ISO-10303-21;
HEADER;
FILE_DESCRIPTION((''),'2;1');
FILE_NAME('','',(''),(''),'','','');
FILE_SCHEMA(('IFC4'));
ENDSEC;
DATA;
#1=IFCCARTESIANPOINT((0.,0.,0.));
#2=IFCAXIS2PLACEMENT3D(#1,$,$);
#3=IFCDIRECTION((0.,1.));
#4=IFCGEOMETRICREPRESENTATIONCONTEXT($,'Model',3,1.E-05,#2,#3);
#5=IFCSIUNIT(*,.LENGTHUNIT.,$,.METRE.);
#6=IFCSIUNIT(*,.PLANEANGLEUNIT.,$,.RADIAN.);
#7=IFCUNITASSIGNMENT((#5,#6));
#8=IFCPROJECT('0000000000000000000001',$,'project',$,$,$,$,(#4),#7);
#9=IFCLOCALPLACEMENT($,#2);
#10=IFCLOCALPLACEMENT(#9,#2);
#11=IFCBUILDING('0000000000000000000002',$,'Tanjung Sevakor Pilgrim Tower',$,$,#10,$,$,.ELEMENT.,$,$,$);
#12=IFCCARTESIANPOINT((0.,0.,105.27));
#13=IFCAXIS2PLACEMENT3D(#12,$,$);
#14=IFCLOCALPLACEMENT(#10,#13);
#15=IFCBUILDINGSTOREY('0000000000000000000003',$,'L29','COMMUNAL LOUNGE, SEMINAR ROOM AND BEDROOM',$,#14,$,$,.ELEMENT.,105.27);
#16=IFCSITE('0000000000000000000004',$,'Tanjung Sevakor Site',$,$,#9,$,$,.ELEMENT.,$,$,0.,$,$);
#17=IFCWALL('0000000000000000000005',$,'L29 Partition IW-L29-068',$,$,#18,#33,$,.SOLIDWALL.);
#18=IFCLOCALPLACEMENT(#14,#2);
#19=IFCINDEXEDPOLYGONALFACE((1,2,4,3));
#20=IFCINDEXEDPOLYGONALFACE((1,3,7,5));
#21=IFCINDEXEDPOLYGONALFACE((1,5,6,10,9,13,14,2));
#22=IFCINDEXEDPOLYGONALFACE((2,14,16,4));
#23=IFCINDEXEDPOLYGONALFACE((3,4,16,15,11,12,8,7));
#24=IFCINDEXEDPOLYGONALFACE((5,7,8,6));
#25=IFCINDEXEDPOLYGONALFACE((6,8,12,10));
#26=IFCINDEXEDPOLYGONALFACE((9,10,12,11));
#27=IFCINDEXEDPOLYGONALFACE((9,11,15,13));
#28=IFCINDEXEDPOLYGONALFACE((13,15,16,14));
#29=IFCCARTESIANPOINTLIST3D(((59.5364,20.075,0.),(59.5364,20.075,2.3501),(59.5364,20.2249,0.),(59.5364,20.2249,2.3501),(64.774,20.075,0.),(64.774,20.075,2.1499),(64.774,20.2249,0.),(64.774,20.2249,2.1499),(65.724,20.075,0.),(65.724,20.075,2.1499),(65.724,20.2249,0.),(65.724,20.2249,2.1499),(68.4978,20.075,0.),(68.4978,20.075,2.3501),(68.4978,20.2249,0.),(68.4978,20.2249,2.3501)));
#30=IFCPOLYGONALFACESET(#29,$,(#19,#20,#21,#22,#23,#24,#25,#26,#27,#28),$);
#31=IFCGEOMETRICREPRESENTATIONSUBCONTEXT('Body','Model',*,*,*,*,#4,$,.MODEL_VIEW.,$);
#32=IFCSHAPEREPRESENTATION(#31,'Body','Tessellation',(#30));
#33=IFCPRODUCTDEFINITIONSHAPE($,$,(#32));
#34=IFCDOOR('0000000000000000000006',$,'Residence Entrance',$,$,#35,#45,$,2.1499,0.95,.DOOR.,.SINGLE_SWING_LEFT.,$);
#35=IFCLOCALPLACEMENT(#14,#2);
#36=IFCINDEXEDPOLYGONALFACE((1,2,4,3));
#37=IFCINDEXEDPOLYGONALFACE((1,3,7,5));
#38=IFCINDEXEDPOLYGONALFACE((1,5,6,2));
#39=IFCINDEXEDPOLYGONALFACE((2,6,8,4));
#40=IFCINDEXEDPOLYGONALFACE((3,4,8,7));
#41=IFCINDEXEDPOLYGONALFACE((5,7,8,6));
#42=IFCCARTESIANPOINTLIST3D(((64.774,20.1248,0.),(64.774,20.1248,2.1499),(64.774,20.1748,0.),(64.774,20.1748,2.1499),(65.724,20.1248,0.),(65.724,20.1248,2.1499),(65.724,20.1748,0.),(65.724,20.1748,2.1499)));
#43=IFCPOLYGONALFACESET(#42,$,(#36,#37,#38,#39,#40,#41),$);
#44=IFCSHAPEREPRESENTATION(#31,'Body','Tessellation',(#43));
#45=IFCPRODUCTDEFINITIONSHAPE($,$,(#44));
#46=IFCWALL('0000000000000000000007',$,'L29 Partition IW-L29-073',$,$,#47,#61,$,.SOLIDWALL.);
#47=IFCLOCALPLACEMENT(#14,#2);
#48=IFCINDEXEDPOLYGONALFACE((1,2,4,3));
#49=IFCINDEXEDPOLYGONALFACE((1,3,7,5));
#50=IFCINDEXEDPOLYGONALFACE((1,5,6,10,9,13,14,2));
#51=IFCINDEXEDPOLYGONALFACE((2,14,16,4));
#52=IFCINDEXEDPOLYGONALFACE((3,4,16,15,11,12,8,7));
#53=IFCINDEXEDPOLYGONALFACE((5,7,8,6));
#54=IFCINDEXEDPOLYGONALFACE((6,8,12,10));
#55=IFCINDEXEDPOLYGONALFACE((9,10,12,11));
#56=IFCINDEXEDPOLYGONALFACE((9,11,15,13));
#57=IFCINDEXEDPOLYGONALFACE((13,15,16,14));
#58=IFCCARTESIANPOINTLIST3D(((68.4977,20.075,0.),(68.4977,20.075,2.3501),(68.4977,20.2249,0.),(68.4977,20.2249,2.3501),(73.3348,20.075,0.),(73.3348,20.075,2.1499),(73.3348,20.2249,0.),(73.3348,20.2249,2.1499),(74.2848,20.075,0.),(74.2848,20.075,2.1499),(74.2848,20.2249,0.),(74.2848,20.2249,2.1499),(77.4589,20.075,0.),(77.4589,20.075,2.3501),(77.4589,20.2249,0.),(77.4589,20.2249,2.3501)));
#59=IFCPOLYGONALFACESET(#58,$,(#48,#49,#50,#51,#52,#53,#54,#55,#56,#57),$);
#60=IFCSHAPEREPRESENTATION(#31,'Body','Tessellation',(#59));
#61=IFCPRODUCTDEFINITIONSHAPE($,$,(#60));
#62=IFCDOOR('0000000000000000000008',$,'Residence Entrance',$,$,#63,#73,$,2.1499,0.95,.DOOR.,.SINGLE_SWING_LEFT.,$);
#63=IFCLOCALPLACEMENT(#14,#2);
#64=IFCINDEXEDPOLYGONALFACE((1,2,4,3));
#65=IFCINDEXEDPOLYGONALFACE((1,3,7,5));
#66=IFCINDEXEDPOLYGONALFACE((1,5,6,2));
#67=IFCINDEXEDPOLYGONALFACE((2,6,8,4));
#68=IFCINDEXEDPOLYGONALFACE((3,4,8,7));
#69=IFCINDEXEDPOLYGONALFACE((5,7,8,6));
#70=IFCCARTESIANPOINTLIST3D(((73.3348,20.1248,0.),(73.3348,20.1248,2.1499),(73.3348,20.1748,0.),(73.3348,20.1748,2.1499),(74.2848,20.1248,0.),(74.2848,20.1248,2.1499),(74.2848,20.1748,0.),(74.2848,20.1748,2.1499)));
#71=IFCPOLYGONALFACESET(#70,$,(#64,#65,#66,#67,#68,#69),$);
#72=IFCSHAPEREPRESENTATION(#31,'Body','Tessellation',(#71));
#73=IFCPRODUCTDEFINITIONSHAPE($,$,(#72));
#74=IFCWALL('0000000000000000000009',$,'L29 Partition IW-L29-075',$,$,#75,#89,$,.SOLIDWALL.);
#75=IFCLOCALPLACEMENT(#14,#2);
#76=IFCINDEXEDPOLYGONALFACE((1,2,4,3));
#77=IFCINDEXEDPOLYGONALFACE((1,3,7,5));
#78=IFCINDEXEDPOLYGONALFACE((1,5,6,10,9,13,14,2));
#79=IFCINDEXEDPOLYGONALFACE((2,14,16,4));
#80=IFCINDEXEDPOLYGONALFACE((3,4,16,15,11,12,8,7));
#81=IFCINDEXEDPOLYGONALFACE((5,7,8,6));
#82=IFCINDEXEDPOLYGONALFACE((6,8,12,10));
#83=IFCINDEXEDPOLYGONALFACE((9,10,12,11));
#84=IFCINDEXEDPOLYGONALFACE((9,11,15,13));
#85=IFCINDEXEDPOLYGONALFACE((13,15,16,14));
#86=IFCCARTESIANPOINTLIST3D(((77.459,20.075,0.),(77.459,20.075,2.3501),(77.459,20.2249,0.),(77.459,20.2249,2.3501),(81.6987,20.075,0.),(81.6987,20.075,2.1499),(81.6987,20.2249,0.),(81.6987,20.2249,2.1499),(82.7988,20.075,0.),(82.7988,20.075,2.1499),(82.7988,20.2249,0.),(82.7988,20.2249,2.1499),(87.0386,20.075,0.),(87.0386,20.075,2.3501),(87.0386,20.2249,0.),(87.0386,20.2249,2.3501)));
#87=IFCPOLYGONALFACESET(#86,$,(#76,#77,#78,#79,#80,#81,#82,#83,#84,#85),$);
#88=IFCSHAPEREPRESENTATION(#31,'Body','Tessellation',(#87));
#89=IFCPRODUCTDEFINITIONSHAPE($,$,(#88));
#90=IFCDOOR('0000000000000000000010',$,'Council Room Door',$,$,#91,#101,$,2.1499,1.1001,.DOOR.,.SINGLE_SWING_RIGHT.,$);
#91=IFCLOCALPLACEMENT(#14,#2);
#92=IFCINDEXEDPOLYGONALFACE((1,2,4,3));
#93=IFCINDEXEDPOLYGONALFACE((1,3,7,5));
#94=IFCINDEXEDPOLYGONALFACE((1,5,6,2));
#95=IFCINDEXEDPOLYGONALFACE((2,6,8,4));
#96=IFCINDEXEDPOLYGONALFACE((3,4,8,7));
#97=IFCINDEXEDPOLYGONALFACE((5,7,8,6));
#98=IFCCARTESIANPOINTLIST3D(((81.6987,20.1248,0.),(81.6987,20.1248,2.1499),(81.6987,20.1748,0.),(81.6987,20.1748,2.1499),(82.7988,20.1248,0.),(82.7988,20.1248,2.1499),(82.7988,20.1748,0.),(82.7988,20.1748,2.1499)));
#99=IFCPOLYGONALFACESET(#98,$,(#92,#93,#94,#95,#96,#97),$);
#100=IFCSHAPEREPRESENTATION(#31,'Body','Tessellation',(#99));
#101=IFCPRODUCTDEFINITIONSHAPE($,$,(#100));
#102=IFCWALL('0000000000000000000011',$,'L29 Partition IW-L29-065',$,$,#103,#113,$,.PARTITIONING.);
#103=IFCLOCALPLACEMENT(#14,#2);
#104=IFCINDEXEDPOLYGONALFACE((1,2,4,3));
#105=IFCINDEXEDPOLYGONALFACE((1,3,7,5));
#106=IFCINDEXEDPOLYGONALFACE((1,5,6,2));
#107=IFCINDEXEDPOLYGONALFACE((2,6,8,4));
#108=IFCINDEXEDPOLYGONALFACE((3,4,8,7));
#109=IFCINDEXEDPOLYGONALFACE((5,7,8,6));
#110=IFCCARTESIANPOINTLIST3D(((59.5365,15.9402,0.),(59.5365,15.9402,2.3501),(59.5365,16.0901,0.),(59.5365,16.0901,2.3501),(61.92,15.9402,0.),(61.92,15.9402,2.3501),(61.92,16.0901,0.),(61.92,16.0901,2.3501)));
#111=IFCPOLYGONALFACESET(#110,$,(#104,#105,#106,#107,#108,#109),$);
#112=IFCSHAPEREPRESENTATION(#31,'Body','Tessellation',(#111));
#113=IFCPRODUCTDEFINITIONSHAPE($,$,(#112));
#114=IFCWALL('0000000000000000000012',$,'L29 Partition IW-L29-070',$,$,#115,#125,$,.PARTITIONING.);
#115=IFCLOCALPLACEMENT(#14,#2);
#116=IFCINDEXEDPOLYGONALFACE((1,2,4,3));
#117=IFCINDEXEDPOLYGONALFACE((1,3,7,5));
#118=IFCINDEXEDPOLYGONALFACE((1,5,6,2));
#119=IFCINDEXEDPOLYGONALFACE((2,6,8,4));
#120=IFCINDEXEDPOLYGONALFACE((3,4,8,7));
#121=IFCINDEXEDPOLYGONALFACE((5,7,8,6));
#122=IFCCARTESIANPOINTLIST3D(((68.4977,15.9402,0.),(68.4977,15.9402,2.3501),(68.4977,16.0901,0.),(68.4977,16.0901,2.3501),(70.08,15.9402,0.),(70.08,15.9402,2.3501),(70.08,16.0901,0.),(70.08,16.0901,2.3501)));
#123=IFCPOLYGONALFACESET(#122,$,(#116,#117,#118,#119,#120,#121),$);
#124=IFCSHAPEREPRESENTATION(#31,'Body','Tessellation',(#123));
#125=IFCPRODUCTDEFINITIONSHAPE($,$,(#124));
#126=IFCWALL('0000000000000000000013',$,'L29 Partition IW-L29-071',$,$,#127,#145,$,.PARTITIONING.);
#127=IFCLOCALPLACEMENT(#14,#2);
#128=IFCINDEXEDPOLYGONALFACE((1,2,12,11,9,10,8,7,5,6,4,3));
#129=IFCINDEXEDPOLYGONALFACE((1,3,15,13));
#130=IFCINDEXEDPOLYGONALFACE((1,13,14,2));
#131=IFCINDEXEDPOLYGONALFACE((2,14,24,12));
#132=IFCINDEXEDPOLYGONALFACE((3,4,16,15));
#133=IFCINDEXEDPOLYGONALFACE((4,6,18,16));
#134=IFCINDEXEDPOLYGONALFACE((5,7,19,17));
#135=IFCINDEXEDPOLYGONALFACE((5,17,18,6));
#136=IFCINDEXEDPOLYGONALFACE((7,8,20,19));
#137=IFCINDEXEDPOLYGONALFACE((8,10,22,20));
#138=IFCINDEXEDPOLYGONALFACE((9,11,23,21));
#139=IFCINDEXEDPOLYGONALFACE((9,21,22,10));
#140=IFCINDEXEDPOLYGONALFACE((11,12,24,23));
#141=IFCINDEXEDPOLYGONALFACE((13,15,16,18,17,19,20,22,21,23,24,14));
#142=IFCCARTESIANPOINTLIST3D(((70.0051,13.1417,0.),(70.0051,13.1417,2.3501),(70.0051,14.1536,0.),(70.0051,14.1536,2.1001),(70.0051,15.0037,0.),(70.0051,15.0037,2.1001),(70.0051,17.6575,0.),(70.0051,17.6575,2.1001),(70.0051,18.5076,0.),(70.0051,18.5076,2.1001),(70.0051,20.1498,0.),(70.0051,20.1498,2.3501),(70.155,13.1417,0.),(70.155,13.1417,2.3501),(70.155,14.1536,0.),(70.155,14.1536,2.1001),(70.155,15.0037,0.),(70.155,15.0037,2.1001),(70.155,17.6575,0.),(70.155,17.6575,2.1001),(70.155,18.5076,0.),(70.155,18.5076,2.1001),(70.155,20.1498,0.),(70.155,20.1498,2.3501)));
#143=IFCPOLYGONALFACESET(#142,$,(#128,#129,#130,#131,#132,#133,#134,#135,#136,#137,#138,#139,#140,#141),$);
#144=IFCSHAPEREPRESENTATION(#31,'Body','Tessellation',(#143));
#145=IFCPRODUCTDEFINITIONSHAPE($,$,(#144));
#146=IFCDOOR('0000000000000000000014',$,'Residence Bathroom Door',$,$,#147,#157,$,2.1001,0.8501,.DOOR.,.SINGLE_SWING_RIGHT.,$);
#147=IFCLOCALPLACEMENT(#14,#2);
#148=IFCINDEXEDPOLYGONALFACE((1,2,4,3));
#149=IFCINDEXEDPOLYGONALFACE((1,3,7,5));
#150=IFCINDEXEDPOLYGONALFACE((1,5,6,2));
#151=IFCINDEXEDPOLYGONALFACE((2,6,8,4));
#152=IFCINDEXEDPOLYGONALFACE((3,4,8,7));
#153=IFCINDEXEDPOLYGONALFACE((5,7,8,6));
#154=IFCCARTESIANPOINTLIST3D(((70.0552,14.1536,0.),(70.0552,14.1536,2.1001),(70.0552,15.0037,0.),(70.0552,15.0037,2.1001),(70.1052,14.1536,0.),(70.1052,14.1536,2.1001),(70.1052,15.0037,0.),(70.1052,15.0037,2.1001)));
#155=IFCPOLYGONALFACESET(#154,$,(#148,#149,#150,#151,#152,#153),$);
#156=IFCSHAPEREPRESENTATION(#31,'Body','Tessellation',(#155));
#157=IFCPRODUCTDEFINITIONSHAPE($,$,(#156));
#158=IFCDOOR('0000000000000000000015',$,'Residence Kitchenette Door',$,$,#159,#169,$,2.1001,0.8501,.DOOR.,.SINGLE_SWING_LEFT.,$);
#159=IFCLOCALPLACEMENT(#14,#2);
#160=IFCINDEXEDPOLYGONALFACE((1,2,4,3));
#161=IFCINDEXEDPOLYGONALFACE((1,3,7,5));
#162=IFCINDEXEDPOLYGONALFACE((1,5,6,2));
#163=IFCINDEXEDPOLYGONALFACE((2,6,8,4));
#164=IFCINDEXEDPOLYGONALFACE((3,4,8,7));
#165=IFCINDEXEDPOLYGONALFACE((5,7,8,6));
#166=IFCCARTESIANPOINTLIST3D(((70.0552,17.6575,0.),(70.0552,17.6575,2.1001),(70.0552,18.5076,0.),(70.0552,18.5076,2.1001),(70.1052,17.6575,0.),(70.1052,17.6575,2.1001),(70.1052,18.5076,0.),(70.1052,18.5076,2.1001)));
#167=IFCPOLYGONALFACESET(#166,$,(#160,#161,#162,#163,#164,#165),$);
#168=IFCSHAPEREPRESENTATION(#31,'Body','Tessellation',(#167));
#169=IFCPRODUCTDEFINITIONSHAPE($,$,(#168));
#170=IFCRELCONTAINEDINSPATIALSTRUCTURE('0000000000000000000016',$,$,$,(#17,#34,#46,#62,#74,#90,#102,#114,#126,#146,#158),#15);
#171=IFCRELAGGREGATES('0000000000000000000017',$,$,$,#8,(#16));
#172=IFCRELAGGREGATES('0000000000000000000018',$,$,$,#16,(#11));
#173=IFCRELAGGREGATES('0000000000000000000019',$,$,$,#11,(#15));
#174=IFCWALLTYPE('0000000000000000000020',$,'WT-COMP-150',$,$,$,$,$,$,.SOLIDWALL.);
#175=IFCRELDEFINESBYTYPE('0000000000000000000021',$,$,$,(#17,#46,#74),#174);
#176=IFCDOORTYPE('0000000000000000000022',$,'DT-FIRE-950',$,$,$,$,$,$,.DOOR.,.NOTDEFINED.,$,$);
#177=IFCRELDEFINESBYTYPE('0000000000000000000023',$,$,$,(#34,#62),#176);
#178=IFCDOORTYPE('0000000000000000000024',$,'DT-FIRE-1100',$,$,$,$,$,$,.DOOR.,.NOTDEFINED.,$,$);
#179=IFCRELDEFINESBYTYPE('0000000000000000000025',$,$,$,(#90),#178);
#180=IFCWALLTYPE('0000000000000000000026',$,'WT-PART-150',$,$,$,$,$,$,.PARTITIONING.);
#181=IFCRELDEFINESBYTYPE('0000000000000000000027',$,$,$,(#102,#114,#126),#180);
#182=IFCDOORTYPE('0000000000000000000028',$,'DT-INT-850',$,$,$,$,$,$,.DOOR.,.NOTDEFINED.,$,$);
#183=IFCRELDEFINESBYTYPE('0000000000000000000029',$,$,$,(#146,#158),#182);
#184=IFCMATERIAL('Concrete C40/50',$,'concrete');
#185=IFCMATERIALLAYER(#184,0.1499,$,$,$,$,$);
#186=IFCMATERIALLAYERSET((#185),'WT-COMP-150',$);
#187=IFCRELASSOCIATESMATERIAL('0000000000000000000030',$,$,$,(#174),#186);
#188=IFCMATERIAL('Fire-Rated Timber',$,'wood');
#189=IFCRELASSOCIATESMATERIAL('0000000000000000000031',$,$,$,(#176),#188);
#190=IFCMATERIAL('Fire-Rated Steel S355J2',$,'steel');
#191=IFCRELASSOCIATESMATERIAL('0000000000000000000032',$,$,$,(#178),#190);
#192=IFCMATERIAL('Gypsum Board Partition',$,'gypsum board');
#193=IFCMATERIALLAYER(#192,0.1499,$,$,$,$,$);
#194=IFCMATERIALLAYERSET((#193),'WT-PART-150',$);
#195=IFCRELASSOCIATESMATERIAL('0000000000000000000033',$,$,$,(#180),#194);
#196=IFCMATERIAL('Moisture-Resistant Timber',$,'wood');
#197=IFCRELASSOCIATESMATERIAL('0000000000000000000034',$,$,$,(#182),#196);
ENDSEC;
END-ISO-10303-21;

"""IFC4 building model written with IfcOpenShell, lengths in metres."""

from ifc_helpers import new_model, si_unit, direction, frame, frame_2d, origin, place, context, subcontext, project, spatial, rectangle, extrude, material, layer, layer_set, type_object, element, fill, save


model = new_model("IFC4")

# Units and contexts
model_context = context("Model", 3, precision=1e-05, world=origin(), true_north=direction((0.0, 1.0)))
body_context = subcontext(model_context, "Body", "Model", "MODEL_VIEW")
ifc_project = project(units=[si_unit("LENGTHUNIT", "METRE"), si_unit("PLANEANGLEUNIT", "RADIAN")], contexts=[model_context])

# Site, building, storey
site_placement = place(None, origin())
site = spatial("IfcSite", under=ifc_project, at=site_placement, Name="Tanjung Sevakor Site", CompositionType="ELEMENT", RefElevation=0.0)
building_placement = place(site_placement, origin())
building = spatial("IfcBuilding", under=site, at=building_placement, Name="Tanjung Sevakor Pilgrim Tower", CompositionType="ELEMENT")
storey_placement = place(building_placement, frame((0.0, 0.0, 105.27)))
storey = spatial("IfcBuildingStorey", under=building, at=storey_placement, Name="L29", Description="COMMUNAL LOUNGE, SEMINAR ROOM AND BEDROOM", CompositionType="ELEMENT", Elevation=105.27)

# Shared definitions
ifc_material_1 = material(Name="Concrete C40/50", Category="concrete")
ifc_layer_1 = layer(ifc_material_1, 0.1499)
ifc_layer_set_1 = layer_set([ifc_layer_1], Name="WT-COMP-150")
wall_type_1 = type_object("IfcWallType", Name="WT-COMP-150", PredefinedType="SOLIDWALL", material=ifc_layer_set_1)

# Walls, openings, doors
wall_1_placement = place(storey_placement, frame((59.5364, 20.1499, 0.0), z_axis=(0.0, 0.0, 1.0), x_axis=(1.0, 0.0, 0.0)))
wall_1 = element("IfcWall", 1, at=wall_1_placement, inside=storey, type_object=wall_type_1, Name="L29 Partition IW-L29-068", PredefinedType="SOLIDWALL", context=body_context, shape_type="SweptSolid", body=[
    extrude(rectangle(XDim=8.9614, YDim=0.1499, at=frame_2d((4.4807, 0.0))), origin(), (0.0, 0.0, 1.0), 2.3501),
])
opening_1_placement = place(wall_1_placement, frame((5.2375, 0.0, 0.0)))
opening_1 = element("IfcOpeningElement", 2, at=opening_1_placement, cuts=wall_1, PredefinedType="OPENING", context=body_context, shape_type="SweptSolid", body=[
    extrude(rectangle(XDim=0.95, YDim=2.1499, at=frame_2d((0.4751, 1.075))), frame((0.0, 0.085, 0.0), z_axis=(0.0, -1.0, 0.0), x_axis=(1.0, 0.0, 0.0)), (0.0, 0.0, 1.0), 0.1699),
])
ifc_material_2 = material(Name="Fire-Rated Timber", Category="wood")
door_type_1 = type_object("IfcDoorType", Name="DT-FIRE-950", OperationType="NOTDEFINED", PredefinedType="DOOR", material=ifc_material_2)
door_1_placement = place(opening_1_placement, origin())
door_1 = element("IfcDoor", 3, at=door_1_placement, inside=storey, type_object=door_type_1, Name="Residence Entrance", OperationType="SINGLE_SWING_LEFT", OverallHeight=2.1499, OverallWidth=0.95, PredefinedType="DOOR", context=body_context, shape_type="SweptSolid", body=[
    extrude(rectangle(XDim=0.95, YDim=2.1499, at=frame_2d((0.4751, 1.075))), frame((0.0, 0.0249, 0.0), z_axis=(0.0, -1.0, 0.0), x_axis=(1.0, 0.0, 0.0)), (0.0, 0.0, 1.0), 0.05),
])
fill(opening_1, door_1)
wall_2_placement = place(storey_placement, frame((68.4978, 20.1499, 0.0), z_axis=(0.0, 0.0, 1.0), x_axis=(1.0, 0.0, 0.0)))
wall_2 = element("IfcWall", 4, at=wall_2_placement, inside=storey, type_object=wall_type_1, Name="L29 Partition IW-L29-073", PredefinedType="SOLIDWALL", context=body_context, shape_type="SweptSolid", body=[
    extrude(rectangle(XDim=8.9612, YDim=0.1499, at=frame_2d((4.4805, 0.0))), origin(), (0.0, 0.0, 1.0), 2.3501),
])
opening_2_placement = place(wall_2_placement, frame((4.8369, 0.0, 0.0)))
opening_2 = element("IfcOpeningElement", 5, at=opening_2_placement, cuts=wall_2, PredefinedType="OPENING", context=body_context, shape_type="SweptSolid", body=[
    extrude(rectangle(XDim=0.95, YDim=2.1499, at=frame_2d((0.4751, 1.075))), frame((0.0, 0.085, 0.0), z_axis=(0.0, -1.0, 0.0), x_axis=(1.0, 0.0, 0.0)), (0.0, 0.0, 1.0), 0.1699),
])
door_2_placement = place(opening_2_placement, origin())
door_2 = element("IfcDoor", 6, at=door_2_placement, inside=storey, type_object=door_type_1, Name="Residence Entrance", OperationType="SINGLE_SWING_LEFT", OverallHeight=2.1499, OverallWidth=0.95, PredefinedType="DOOR", context=body_context, shape_type="SweptSolid", body=[
    extrude(rectangle(XDim=0.95, YDim=2.1499, at=frame_2d((0.4751, 1.075))), frame((0.0, 0.0249, 0.0), z_axis=(0.0, -1.0, 0.0), x_axis=(1.0, 0.0, 0.0)), (0.0, 0.0, 1.0), 0.05),
])
fill(opening_2, door_2)
wall_3_placement = place(storey_placement, frame((77.459, 20.1499, 0.0), z_axis=(0.0, 0.0, 1.0), x_axis=(1.0, 0.0, 0.0)))
wall_3 = element("IfcWall", 7, at=wall_3_placement, inside=storey, type_object=wall_type_1, Name="L29 Partition IW-L29-075", PredefinedType="SOLIDWALL", context=body_context, shape_type="SweptSolid", body=[
    extrude(rectangle(XDim=9.5796, YDim=0.1499, at=frame_2d((4.7898, 0.0))), origin(), (0.0, 0.0, 1.0), 2.3501),
])
opening_3_placement = place(wall_3_placement, frame((4.2397, 0.0, 0.0)))
opening_3 = element("IfcOpeningElement", 8, at=opening_3_placement, cuts=wall_3, PredefinedType="OPENING", context=body_context, shape_type="SweptSolid", body=[
    extrude(rectangle(XDim=1.1001, YDim=2.1499, at=frame_2d((0.55, 1.075))), frame((0.0, 0.085, 0.0), z_axis=(0.0, -1.0, 0.0), x_axis=(1.0, 0.0, 0.0)), (0.0, 0.0, 1.0), 0.1699),
])
ifc_material_3 = material(Name="Fire-Rated Steel S355J2", Category="steel")
door_type_2 = type_object("IfcDoorType", Name="DT-FIRE-1100", OperationType="NOTDEFINED", PredefinedType="DOOR", material=ifc_material_3)
door_3_placement = place(opening_3_placement, origin())
door_3 = element("IfcDoor", 9, at=door_3_placement, inside=storey, type_object=door_type_2, Name="Council Room Door", OperationType="SINGLE_SWING_RIGHT", OverallHeight=2.1499, OverallWidth=1.1001, PredefinedType="DOOR", context=body_context, shape_type="SweptSolid", body=[
    extrude(rectangle(XDim=1.1001, YDim=2.1499, at=frame_2d((0.55, 1.075))), frame((0.0, 0.0249, 0.0), z_axis=(0.0, -1.0, 0.0), x_axis=(1.0, 0.0, 0.0)), (0.0, 0.0, 1.0), 0.05),
])
fill(opening_3, door_3)

# Walls
ifc_material_4 = material(Name="Gypsum Board Partition", Category="gypsum board")
ifc_layer_2 = layer(ifc_material_4, 0.1499)
ifc_layer_set_2 = layer_set([ifc_layer_2], Name="WT-PART-150")
wall_type_2 = type_object("IfcWallType", Name="WT-PART-150", PredefinedType="PARTITIONING", material=ifc_layer_set_2)
wall_4_placement = place(storey_placement, frame((59.5364, 16.0151, 0.0), z_axis=(0.0, 0.0, 1.0), x_axis=(1.0, 0.0, 0.0)))
element("IfcWall", 10, at=wall_4_placement, inside=storey, type_object=wall_type_2, Name="L29 Partition IW-L29-065", PredefinedType="PARTITIONING", context=body_context, shape_type="SweptSolid", body=[
    extrude(rectangle(XDim=2.3835, YDim=0.1499, at=frame_2d((1.1919, 0.0))), origin(), (0.0, 0.0, 1.0), 2.3501),
])
wall_5_placement = place(storey_placement, frame((68.4978, 16.0151, 0.0), z_axis=(0.0, 0.0, 1.0), x_axis=(1.0, 0.0, 0.0)))
element("IfcWall", 11, at=wall_5_placement, inside=storey, type_object=wall_type_2, Name="L29 Partition IW-L29-070", PredefinedType="PARTITIONING", context=body_context, shape_type="SweptSolid", body=[
    extrude(rectangle(XDim=1.5823, YDim=0.1499, at=frame_2d((0.791, 0.0))), origin(), (0.0, 0.0, 1.0), 2.3501),
])

# Wall, openings, doors
wall_6_placement = place(storey_placement, frame((70.0801, 13.1418, 0.0), z_axis=(0.0, 0.0, 1.0), x_axis=(0.0, 1.0, 0.0)))
wall_6 = element("IfcWall", 12, at=wall_6_placement, inside=storey, type_object=wall_type_2, Name="L29 Partition IW-L29-071", PredefinedType="PARTITIONING", context=body_context, shape_type="SweptSolid", body=[
    extrude(rectangle(XDim=7.0081, YDim=0.1499, at=frame_2d((3.5039, 0.0))), origin(), (0.0, 0.0, 1.0), 2.3501),
])
opening_4_placement = place(wall_6_placement, frame((1.0117, 0.0, 0.0)))
opening_4 = element("IfcOpeningElement", 13, at=opening_4_placement, cuts=wall_6, PredefinedType="OPENING", context=body_context, shape_type="SweptSolid", body=[
    extrude(rectangle(XDim=0.8501, YDim=2.1001, at=frame_2d((0.425, 1.05))), frame((0.0, 0.085, 0.0), z_axis=(0.0, -1.0, 0.0), x_axis=(1.0, 0.0, 0.0)), (0.0, 0.0, 1.0), 0.1699),
])
opening_5_placement = place(wall_6_placement, frame((4.5156, 0.0, 0.0)))
opening_5 = element("IfcOpeningElement", 14, at=opening_5_placement, cuts=wall_6, PredefinedType="OPENING", context=body_context, shape_type="SweptSolid", body=[
    extrude(rectangle(XDim=0.8501, YDim=2.1001, at=frame_2d((0.425, 1.05))), frame((0.0, 0.085, 0.0), z_axis=(0.0, -1.0, 0.0), x_axis=(1.0, 0.0, 0.0)), (0.0, 0.0, 1.0), 0.1699),
])
ifc_material_5 = material(Name="Moisture-Resistant Timber", Category="wood")
door_type_3 = type_object("IfcDoorType", Name="DT-INT-850", OperationType="NOTDEFINED", PredefinedType="DOOR", material=ifc_material_5)
door_4_placement = place(opening_4_placement, origin())
door_4 = element("IfcDoor", 15, at=door_4_placement, inside=storey, type_object=door_type_3, Name="Residence Bathroom Door", OperationType="SINGLE_SWING_RIGHT", OverallHeight=2.1001, OverallWidth=0.8501, PredefinedType="DOOR", context=body_context, shape_type="SweptSolid", body=[
    extrude(rectangle(XDim=0.8501, YDim=2.1001, at=frame_2d((0.425, 1.05))), frame((0.0, 0.0249, 0.0), z_axis=(0.0, -1.0, 0.0), x_axis=(1.0, 0.0, 0.0)), (0.0, 0.0, 1.0), 0.05),
])
fill(opening_4, door_4)
door_5_placement = place(opening_5_placement, origin())
door_5 = element("IfcDoor", 16, at=door_5_placement, inside=storey, type_object=door_type_3, Name="Residence Kitchenette Door", OperationType="SINGLE_SWING_LEFT", OverallHeight=2.1001, OverallWidth=0.8501, PredefinedType="DOOR", context=body_context, shape_type="SweptSolid", body=[
    extrude(rectangle(XDim=0.8501, YDim=2.1001, at=frame_2d((0.425, 1.05))), frame((0.0, 0.0249, 0.0), z_axis=(0.0, -1.0, 0.0), x_axis=(1.0, 0.0, 0.0)), (0.0, 0.0, 1.0), 0.05),
])
fill(opening_5, door_5)

save(model, "model.ifc")
